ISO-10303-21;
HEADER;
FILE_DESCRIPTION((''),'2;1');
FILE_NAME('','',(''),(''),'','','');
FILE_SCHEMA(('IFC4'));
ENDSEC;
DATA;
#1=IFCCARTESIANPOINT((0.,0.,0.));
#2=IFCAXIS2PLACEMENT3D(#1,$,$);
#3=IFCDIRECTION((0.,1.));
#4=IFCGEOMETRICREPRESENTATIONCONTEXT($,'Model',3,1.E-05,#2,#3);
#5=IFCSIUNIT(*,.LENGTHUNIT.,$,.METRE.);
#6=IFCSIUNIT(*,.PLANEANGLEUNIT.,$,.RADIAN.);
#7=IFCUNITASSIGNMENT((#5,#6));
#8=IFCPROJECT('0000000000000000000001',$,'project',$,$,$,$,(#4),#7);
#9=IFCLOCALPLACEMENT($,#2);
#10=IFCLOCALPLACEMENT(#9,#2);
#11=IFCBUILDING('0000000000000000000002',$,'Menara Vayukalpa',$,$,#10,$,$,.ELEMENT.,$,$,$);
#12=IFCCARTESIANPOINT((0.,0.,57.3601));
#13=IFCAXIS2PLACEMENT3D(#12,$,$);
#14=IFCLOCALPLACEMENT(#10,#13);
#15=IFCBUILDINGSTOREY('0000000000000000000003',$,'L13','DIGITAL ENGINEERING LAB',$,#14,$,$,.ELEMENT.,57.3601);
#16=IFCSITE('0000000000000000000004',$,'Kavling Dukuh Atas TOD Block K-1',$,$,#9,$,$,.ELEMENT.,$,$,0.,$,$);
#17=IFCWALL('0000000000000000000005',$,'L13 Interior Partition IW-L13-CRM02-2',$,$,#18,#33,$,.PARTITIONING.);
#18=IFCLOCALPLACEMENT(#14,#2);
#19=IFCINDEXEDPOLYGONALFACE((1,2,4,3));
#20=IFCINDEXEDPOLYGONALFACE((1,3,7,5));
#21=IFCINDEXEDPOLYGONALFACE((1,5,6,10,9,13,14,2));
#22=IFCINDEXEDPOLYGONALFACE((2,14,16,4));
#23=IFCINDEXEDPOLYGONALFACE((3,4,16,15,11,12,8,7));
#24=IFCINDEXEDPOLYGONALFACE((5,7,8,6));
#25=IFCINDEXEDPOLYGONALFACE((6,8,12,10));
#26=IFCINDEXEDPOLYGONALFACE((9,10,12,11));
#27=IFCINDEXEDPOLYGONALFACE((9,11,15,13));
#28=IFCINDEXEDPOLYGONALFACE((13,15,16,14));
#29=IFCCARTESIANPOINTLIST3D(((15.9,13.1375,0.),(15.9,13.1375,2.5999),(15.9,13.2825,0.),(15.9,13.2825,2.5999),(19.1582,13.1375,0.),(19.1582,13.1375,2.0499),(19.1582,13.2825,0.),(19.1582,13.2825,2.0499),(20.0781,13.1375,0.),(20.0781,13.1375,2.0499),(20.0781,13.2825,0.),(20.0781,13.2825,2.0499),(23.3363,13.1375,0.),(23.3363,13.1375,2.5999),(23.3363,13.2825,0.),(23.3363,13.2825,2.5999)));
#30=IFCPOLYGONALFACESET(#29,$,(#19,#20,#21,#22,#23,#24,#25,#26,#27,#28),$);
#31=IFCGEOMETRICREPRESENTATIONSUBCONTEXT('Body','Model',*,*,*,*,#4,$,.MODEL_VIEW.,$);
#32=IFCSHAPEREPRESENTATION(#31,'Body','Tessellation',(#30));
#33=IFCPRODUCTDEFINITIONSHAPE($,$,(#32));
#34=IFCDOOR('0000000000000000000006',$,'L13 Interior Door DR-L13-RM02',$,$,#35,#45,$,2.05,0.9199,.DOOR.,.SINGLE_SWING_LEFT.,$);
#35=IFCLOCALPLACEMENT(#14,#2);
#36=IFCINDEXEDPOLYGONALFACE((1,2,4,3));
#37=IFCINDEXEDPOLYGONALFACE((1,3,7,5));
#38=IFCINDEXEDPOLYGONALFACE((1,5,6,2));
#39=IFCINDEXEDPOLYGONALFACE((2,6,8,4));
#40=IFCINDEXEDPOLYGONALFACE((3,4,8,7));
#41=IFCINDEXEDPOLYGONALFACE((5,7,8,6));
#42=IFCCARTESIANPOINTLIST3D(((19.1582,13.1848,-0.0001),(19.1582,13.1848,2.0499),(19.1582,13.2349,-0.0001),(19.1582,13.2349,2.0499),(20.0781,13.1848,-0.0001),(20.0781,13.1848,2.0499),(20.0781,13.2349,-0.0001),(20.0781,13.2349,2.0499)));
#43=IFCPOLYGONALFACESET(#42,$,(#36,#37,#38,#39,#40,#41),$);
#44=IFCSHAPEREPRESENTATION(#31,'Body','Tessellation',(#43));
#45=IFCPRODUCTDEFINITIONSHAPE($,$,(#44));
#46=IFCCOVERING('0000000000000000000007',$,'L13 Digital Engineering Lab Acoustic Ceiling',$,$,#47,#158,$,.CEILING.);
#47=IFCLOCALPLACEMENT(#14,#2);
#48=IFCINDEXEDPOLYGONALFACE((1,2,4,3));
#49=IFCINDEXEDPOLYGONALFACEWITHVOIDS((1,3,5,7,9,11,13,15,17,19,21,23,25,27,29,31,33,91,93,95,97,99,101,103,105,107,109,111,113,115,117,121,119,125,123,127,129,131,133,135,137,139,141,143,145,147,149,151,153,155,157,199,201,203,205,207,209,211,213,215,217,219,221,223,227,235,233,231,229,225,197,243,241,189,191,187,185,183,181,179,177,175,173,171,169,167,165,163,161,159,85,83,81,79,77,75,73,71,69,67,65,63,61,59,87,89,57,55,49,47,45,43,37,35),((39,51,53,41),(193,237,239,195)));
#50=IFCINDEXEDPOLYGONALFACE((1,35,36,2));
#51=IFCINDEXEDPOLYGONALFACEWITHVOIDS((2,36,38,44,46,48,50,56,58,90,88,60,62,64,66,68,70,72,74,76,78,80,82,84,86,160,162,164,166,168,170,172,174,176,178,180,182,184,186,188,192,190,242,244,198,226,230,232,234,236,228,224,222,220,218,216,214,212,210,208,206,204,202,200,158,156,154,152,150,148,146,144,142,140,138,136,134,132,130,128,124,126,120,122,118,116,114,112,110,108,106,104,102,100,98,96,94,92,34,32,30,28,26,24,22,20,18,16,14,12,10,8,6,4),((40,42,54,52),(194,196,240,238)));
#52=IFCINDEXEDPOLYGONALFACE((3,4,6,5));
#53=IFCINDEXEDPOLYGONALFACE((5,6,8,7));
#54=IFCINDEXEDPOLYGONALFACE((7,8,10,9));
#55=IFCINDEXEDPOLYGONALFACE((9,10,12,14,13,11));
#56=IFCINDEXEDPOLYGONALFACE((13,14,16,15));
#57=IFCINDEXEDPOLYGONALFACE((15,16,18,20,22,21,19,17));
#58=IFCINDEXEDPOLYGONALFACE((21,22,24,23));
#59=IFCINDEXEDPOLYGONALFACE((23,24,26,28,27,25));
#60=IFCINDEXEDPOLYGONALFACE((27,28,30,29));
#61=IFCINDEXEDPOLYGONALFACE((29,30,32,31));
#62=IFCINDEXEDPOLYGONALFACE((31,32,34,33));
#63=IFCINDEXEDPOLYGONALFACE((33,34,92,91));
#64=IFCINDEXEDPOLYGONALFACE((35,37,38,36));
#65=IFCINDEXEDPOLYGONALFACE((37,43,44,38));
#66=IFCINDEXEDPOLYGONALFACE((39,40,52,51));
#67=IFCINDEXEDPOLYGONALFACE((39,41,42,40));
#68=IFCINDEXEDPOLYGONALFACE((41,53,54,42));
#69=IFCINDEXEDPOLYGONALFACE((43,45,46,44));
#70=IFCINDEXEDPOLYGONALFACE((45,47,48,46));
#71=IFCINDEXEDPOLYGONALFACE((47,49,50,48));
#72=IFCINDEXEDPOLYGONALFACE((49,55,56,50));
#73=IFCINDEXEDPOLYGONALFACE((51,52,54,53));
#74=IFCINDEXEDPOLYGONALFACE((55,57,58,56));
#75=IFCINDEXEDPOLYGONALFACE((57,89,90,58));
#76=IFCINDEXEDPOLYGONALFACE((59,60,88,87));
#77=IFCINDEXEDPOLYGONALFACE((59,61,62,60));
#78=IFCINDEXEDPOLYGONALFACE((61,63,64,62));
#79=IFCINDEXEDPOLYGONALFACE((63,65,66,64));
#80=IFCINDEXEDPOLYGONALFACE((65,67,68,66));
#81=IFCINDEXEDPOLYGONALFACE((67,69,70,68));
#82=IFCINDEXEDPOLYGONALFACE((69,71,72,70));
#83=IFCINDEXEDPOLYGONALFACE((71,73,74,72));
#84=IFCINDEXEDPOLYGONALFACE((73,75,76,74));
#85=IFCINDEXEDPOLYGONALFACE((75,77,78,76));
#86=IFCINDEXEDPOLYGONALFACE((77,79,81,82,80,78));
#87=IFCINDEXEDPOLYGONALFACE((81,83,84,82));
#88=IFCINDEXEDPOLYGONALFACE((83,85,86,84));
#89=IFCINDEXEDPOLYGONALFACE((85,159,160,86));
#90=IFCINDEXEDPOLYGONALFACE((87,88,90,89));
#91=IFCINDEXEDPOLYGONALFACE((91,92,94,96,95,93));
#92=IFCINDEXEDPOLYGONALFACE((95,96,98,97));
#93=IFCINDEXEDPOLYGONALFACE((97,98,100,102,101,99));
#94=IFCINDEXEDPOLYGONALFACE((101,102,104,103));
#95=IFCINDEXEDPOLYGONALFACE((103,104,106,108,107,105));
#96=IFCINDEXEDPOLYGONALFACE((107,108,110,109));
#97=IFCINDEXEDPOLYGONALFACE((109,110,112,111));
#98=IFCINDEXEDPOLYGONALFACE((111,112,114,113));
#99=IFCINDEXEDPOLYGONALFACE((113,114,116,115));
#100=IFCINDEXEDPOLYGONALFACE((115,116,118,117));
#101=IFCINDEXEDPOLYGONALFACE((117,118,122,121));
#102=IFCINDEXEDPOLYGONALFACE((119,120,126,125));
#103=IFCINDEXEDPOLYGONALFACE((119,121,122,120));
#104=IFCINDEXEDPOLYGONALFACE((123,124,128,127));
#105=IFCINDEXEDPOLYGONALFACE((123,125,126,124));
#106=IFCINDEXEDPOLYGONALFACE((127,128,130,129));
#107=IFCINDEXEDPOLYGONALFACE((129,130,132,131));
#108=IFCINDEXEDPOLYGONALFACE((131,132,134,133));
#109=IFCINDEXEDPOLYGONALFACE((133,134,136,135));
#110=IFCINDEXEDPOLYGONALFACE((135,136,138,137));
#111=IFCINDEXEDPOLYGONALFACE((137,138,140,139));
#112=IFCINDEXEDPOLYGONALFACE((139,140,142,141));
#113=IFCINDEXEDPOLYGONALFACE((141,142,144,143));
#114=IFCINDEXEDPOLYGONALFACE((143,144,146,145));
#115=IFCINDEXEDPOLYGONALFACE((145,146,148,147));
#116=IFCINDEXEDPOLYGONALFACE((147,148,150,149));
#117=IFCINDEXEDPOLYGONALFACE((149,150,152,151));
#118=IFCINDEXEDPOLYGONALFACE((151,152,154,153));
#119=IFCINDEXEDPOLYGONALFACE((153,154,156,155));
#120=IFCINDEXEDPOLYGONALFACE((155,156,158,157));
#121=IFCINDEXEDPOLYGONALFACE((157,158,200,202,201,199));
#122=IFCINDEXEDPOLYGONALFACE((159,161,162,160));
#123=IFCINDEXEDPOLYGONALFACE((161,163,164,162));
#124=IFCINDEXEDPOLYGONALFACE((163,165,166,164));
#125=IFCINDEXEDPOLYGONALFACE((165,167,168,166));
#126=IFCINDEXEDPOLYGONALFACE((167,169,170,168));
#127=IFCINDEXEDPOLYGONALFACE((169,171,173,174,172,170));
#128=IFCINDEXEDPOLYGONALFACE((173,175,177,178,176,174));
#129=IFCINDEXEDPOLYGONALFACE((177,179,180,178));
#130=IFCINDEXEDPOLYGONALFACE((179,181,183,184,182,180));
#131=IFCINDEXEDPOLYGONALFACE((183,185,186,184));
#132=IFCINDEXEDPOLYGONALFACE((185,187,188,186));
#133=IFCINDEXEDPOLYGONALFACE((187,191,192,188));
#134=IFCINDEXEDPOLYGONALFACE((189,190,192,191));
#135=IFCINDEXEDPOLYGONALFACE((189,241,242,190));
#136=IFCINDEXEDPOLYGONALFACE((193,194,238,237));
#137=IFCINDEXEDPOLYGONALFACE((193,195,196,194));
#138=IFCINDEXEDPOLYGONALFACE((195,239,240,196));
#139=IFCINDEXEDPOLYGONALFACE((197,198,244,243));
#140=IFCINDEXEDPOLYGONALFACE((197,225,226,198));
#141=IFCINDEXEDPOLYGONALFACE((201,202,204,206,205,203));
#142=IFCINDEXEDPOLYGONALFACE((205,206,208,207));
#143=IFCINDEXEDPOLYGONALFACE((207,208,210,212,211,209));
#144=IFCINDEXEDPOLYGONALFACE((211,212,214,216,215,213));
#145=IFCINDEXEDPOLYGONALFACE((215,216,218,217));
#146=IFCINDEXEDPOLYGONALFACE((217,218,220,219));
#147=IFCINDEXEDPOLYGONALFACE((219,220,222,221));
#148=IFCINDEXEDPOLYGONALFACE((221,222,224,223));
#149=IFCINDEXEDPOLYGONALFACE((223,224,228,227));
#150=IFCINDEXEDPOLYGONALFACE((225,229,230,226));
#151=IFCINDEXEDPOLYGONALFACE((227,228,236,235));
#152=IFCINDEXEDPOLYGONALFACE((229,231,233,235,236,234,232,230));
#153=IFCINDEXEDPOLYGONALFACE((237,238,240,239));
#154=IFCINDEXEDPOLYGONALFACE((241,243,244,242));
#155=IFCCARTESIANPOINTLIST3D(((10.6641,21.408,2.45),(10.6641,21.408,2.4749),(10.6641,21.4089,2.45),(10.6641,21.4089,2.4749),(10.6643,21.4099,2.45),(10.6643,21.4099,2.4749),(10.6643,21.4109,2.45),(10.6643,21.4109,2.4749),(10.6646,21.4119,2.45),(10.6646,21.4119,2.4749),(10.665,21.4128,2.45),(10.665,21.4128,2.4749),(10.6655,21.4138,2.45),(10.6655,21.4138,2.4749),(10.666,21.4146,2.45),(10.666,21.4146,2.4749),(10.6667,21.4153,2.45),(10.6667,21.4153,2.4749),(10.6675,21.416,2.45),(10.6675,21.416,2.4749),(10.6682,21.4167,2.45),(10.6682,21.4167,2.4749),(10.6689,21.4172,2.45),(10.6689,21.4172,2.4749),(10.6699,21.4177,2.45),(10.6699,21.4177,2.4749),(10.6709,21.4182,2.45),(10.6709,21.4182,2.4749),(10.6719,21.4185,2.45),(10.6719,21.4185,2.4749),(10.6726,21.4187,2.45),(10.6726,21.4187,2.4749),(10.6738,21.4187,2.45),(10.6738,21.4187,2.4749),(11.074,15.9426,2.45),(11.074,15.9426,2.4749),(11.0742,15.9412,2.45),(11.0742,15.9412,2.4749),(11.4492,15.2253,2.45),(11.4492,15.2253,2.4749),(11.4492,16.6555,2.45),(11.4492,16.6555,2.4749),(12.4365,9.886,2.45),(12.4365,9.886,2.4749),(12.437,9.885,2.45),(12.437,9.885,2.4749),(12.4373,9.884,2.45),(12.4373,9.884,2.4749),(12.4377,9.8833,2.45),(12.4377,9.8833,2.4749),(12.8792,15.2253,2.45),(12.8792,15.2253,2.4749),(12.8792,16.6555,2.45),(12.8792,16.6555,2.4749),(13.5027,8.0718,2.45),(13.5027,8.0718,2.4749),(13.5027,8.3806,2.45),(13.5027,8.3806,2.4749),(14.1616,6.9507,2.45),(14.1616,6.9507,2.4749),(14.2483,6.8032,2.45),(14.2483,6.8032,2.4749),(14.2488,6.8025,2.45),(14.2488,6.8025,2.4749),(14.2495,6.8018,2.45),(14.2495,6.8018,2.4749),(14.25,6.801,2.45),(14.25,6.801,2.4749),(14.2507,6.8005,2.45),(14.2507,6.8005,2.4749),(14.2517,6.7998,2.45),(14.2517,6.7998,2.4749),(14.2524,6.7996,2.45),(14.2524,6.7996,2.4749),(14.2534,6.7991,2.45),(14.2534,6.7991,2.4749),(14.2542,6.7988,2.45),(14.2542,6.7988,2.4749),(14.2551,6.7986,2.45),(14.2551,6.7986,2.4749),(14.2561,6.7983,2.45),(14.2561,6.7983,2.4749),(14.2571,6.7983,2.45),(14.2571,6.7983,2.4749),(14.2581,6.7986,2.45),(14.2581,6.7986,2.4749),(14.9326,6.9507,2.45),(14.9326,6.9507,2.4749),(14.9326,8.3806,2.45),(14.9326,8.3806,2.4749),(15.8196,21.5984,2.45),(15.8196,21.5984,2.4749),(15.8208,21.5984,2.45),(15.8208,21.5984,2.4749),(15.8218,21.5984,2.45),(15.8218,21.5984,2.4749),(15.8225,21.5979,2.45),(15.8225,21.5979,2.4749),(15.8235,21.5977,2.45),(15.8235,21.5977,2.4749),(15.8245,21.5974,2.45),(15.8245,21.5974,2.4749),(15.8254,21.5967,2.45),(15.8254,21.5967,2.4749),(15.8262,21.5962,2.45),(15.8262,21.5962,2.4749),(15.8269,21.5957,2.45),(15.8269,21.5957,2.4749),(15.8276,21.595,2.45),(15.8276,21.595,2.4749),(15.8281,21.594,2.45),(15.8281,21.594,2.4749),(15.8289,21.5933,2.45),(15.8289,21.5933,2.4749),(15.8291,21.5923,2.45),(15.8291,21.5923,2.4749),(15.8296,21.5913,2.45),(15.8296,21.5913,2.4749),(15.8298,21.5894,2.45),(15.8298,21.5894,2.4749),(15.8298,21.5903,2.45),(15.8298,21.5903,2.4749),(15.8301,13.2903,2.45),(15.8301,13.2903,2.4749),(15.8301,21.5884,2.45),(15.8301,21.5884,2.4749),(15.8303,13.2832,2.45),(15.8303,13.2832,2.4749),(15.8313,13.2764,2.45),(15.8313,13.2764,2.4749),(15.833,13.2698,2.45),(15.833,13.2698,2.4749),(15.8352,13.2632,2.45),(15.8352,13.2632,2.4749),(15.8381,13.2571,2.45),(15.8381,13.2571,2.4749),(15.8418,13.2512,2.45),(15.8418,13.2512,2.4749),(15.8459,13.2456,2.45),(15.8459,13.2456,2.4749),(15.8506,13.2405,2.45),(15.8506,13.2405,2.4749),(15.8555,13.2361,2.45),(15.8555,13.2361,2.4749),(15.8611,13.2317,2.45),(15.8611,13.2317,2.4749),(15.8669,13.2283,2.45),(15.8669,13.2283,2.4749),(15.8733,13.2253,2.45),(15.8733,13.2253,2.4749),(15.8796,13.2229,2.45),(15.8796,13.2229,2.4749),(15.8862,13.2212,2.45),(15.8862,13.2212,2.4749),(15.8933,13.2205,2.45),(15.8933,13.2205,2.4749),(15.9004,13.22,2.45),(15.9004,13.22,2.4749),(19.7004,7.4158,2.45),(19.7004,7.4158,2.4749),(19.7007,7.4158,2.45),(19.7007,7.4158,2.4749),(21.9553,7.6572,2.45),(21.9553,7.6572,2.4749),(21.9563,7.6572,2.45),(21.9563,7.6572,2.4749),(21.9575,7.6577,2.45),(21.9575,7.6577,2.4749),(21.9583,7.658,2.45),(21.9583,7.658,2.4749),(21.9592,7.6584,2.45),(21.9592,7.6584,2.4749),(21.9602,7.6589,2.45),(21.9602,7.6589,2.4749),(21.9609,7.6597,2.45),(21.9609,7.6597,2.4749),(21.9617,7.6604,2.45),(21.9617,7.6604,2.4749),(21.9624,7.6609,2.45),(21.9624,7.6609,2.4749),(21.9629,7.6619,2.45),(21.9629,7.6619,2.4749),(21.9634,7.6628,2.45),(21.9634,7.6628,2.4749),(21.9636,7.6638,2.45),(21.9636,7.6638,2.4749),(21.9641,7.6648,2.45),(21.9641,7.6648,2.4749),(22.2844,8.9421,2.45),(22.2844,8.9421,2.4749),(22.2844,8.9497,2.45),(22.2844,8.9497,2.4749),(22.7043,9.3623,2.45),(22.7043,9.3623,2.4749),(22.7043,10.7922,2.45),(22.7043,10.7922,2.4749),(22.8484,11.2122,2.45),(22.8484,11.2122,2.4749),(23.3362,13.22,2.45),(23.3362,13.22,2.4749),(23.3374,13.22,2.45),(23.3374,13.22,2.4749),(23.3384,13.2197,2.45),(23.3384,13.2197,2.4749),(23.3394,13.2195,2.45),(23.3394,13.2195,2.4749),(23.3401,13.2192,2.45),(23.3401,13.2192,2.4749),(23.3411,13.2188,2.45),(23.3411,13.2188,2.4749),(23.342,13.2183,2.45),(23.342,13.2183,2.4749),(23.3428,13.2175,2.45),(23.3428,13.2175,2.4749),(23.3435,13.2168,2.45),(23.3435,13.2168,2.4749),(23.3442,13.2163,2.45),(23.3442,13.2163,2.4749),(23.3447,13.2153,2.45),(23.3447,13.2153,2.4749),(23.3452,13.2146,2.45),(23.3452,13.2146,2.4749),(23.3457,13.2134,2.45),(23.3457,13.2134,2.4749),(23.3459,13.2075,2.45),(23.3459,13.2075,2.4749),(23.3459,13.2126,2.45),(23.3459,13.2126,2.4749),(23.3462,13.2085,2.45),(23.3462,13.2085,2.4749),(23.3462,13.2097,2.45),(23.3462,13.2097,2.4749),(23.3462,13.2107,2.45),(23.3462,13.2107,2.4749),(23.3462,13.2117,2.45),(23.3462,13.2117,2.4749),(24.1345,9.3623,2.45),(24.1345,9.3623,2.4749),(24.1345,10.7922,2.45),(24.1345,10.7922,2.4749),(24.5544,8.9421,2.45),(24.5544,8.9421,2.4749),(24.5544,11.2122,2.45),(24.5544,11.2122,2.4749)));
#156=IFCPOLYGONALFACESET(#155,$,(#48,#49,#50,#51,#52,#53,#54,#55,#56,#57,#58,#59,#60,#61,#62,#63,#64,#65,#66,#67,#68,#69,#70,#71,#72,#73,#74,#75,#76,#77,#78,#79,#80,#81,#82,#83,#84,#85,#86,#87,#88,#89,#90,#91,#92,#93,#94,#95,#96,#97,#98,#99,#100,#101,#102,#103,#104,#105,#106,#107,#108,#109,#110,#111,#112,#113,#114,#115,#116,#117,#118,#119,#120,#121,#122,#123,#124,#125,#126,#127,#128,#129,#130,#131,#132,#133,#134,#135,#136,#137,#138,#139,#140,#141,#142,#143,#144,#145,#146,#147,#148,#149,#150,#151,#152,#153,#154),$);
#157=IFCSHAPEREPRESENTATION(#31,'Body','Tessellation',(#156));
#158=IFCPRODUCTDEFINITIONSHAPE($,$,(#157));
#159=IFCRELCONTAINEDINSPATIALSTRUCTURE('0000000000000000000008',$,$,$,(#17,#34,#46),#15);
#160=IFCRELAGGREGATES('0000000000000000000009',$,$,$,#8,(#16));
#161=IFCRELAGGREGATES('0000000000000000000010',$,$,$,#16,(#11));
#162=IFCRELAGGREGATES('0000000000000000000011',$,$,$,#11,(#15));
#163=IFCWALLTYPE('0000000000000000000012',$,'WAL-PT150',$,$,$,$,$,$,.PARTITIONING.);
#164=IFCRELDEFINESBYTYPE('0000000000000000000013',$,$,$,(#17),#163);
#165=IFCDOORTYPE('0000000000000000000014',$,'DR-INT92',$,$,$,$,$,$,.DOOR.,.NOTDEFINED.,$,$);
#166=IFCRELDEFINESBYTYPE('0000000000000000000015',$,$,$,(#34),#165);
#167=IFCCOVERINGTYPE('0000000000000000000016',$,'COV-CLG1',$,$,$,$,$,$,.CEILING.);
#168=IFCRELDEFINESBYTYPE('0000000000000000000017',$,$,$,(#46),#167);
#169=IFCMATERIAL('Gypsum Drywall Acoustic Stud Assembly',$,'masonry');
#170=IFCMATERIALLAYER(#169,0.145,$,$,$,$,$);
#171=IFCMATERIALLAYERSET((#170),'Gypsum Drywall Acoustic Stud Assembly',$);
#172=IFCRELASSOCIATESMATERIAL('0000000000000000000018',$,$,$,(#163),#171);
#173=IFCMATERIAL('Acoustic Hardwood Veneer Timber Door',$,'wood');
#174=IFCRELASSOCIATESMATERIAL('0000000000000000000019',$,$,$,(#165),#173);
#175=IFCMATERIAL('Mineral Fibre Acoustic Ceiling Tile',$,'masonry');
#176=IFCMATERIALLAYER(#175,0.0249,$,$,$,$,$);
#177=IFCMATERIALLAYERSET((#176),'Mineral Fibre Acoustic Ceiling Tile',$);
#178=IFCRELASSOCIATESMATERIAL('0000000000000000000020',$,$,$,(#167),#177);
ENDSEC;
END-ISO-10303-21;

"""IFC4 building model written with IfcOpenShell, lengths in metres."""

from ifc_helpers import new_model, si_unit, direction, frame, frame_2d, origin, place, context, subcontext, project, spatial, polyline, rectangle, outline, extrude, material, layer, layer_set, type_object, element, fill, save


model = new_model("IFC4")

# Units and contexts
model_context = context("Model", 3, precision=1e-05, world=origin(), true_north=direction((0.0, 1.0)))
body_context = subcontext(model_context, "Body", "Model", "MODEL_VIEW")
ifc_project = project(units=[si_unit("LENGTHUNIT", "METRE"), si_unit("PLANEANGLEUNIT", "RADIAN")], contexts=[model_context])

# Site, building, storey
site_placement = place(None, origin())
site = spatial("IfcSite", under=ifc_project, at=site_placement, Name="Kavling Dukuh Atas TOD Block K-1", CompositionType="ELEMENT", RefElevation=0.0)
building_placement = place(site_placement, origin())
building = spatial("IfcBuilding", under=site, at=building_placement, Name="Menara Vayukalpa", CompositionType="ELEMENT")
storey_placement = place(building_placement, frame((0.0, 0.0, 57.3601)))
storey = spatial("IfcBuildingStorey", under=building, at=storey_placement, Name="L13", Description="DIGITAL ENGINEERING LAB", CompositionType="ELEMENT", Elevation=57.3601)

# Wall, opening, door
ifc_material_1 = material(Name="Gypsum Drywall Acoustic Stud Assembly", Category="masonry")
ifc_layer_1 = layer(ifc_material_1, 0.145)
ifc_layer_set_1 = layer_set([ifc_layer_1], Name="Gypsum Drywall Acoustic Stud Assembly")
wall_type_1 = type_object("IfcWallType", Name="WAL-PT150", PredefinedType="PARTITIONING", material=ifc_layer_set_1)
wall_1_placement = place(storey_placement, frame((15.8999, 13.21, 0.0), z_axis=(0.0, 0.0, 1.0), x_axis=(1.0, 0.0, 0.0)))
wall_1 = element("IfcWall", 1, at=wall_1_placement, inside=storey, type_object=wall_type_1, Name="L13 Interior Partition IW-L13-CRM02-2", PredefinedType="PARTITIONING", context=body_context, shape_type="SweptSolid", body=[
    extrude(rectangle(XDim=7.4363, YDim=0.145, at=frame_2d((3.7183, 0.0))), origin(), (0.0, 0.0, 1.0), 2.5999),
])
opening_placement = place(wall_1_placement, frame((3.2583, 0.0, 0.0)))
opening = element("IfcOpeningElement", 2, at=opening_placement, cuts=wall_1, PredefinedType="OPENING", context=body_context, shape_type="SweptSolid", body=[
    extrude(rectangle(XDim=0.9199, YDim=2.05, at=frame_2d((0.46, 1.0249))), frame((0.0, 0.0825, 0.0), z_axis=(0.0, -1.0, 0.0), x_axis=(1.0, 0.0, 0.0)), (0.0, 0.0, 1.0), 0.165),
])
ifc_material_2 = material(Name="Acoustic Hardwood Veneer Timber Door", Category="wood")
door_type = type_object("IfcDoorType", Name="DR-INT92", OperationType="NOTDEFINED", PredefinedType="DOOR", material=ifc_material_2)
door_placement = place(opening_placement, origin())
door = element("IfcDoor", 3, at=door_placement, inside=storey, type_object=door_type, Name="L13 Interior Door DR-L13-RM02", OperationType="SINGLE_SWING_LEFT", OverallHeight=2.05, OverallWidth=0.9199, PredefinedType="DOOR", context=body_context, shape_type="SweptSolid", body=[
    extrude(rectangle(XDim=0.9199, YDim=2.05, at=frame_2d((0.46, 1.0249))), frame((0.0, 0.0249, 0.0), z_axis=(0.0, -1.0, 0.0), x_axis=(1.0, 0.0, 0.0)), (0.0, 0.0, 1.0), 0.05),
])
fill(opening, door)

# Covering
ifc_material_3 = material(Name="Mineral Fibre Acoustic Ceiling Tile", Category="masonry")
ifc_layer_2 = layer(ifc_material_3, 0.0249)
ifc_layer_set_2 = layer_set([ifc_layer_2], Name="Mineral Fibre Acoustic Ceiling Tile")
covering_type_1 = type_object("IfcCoveringType", Name="COV-CLG1", PredefinedType="CEILING", material=ifc_layer_set_2)
covering_1_placement = place(storey_placement, frame((0.0, 0.0, 2.45)))
element("IfcCovering", 4, at=covering_1_placement, inside=storey, type_object=covering_type_1, Name="L13 Digital Engineering Lab Acoustic Ceiling", PredefinedType="CEILING", context=body_context, shape_type="SweptSolid", body=[
    extrude(outline(polyline([(24.5544, 8.9421), (22.2844, 8.9421), (22.2844, 8.9497), (21.9641, 7.6648), (21.9636, 7.6638), (21.9634, 7.6628), (21.9629, 7.6619), (21.9624, 7.6609), (21.9617, 7.6604), (21.9609, 7.6597), (21.9602, 7.6589), (21.9592, 7.6584), (21.9583, 7.658), (21.9575, 7.6577), (21.9563, 7.6572), (21.9553, 7.6572), (19.7007, 7.4158), (19.7004, 7.4158), (14.2581, 6.7986), (14.2571, 6.7983), (14.2561, 6.7983), (14.2551, 6.7986), (14.2542, 6.7988), (14.2534, 6.7991), (14.2524, 6.7996), (14.2517, 6.7998), (14.2507, 6.8005), (14.25, 6.801), (14.2495, 6.8018), (14.2488, 6.8025), (14.2483, 6.8032), (14.1616, 6.9507), (14.9326, 6.9507), (14.9326, 8.3806), (13.5027, 8.3806), (13.5027, 8.0718), (12.4377, 9.8833), (12.4373, 9.884), (12.437, 9.885), (12.4365, 9.886), (11.0742, 15.9412), (11.074, 15.9426), (10.6641, 21.408), (10.6641, 21.4089), (10.6643, 21.4099), (10.6643, 21.4109), (10.6646, 21.4119), (10.665, 21.4128), (10.6655, 21.4138), (10.666, 21.4146), (10.6667, 21.4153), (10.6675, 21.416), (10.6682, 21.4167), (10.6689, 21.4172), (10.6699, 21.4177), (10.6709, 21.4182), (10.6719, 21.4185), (10.6726, 21.4187), (10.6738, 21.4187), (15.8196, 21.5984), (15.8208, 21.5984), (15.8218, 21.5984), (15.8225, 21.5979), (15.8235, 21.5977), (15.8245, 21.5974), (15.8254, 21.5967), (15.8262, 21.5962), (15.8269, 21.5957), (15.8276, 21.595), (15.8281, 21.594), (15.8289, 21.5933), (15.8291, 21.5923), (15.8296, 21.5913), (15.8298, 21.5903), (15.8298, 21.5894), (15.8301, 21.5884), (15.8301, 13.2903), (15.8303, 13.2832), (15.8313, 13.2764), (15.833, 13.2698), (15.8352, 13.2632), (15.8381, 13.2571), (15.8418, 13.2512), (15.8459, 13.2456), (15.8506, 13.2405), (15.8555, 13.2361), (15.8611, 13.2317), (15.8669, 13.2283), (15.8733, 13.2253), (15.8796, 13.2229), (15.8862, 13.2212), (15.8933, 13.2205), (15.9004, 13.22), (23.3362, 13.22), (23.3374, 13.22), (23.3384, 13.2197), (23.3394, 13.2195), (23.3401, 13.2192), (23.3411, 13.2188), (23.342, 13.2183), (23.3428, 13.2175), (23.3435, 13.2168), (23.3442, 13.2163), (23.3447, 13.2153), (23.3452, 13.2146), (23.3457, 13.2134), (23.3459, 13.2126), (23.3462, 13.2117), (23.3462, 13.2107), (23.3462, 13.2097), (23.3462, 13.2085), (23.3459, 13.2075), (22.8484, 11.2122), (24.5544, 11.2122), (24.5544, 8.9421)]), holes=[polyline([(12.8792, 16.6555), (11.4492, 16.6555), (11.4492, 15.2253), (12.8792, 15.2253), (12.8792, 16.6555)]), polyline([(24.1345, 10.7922), (22.7043, 10.7922), (22.7043, 9.3623), (24.1345, 9.3623), (24.1345, 10.7922)])]), origin(), (0.0, 0.0, 1.0), 0.0249),
])

save(model, "model.ifc")
